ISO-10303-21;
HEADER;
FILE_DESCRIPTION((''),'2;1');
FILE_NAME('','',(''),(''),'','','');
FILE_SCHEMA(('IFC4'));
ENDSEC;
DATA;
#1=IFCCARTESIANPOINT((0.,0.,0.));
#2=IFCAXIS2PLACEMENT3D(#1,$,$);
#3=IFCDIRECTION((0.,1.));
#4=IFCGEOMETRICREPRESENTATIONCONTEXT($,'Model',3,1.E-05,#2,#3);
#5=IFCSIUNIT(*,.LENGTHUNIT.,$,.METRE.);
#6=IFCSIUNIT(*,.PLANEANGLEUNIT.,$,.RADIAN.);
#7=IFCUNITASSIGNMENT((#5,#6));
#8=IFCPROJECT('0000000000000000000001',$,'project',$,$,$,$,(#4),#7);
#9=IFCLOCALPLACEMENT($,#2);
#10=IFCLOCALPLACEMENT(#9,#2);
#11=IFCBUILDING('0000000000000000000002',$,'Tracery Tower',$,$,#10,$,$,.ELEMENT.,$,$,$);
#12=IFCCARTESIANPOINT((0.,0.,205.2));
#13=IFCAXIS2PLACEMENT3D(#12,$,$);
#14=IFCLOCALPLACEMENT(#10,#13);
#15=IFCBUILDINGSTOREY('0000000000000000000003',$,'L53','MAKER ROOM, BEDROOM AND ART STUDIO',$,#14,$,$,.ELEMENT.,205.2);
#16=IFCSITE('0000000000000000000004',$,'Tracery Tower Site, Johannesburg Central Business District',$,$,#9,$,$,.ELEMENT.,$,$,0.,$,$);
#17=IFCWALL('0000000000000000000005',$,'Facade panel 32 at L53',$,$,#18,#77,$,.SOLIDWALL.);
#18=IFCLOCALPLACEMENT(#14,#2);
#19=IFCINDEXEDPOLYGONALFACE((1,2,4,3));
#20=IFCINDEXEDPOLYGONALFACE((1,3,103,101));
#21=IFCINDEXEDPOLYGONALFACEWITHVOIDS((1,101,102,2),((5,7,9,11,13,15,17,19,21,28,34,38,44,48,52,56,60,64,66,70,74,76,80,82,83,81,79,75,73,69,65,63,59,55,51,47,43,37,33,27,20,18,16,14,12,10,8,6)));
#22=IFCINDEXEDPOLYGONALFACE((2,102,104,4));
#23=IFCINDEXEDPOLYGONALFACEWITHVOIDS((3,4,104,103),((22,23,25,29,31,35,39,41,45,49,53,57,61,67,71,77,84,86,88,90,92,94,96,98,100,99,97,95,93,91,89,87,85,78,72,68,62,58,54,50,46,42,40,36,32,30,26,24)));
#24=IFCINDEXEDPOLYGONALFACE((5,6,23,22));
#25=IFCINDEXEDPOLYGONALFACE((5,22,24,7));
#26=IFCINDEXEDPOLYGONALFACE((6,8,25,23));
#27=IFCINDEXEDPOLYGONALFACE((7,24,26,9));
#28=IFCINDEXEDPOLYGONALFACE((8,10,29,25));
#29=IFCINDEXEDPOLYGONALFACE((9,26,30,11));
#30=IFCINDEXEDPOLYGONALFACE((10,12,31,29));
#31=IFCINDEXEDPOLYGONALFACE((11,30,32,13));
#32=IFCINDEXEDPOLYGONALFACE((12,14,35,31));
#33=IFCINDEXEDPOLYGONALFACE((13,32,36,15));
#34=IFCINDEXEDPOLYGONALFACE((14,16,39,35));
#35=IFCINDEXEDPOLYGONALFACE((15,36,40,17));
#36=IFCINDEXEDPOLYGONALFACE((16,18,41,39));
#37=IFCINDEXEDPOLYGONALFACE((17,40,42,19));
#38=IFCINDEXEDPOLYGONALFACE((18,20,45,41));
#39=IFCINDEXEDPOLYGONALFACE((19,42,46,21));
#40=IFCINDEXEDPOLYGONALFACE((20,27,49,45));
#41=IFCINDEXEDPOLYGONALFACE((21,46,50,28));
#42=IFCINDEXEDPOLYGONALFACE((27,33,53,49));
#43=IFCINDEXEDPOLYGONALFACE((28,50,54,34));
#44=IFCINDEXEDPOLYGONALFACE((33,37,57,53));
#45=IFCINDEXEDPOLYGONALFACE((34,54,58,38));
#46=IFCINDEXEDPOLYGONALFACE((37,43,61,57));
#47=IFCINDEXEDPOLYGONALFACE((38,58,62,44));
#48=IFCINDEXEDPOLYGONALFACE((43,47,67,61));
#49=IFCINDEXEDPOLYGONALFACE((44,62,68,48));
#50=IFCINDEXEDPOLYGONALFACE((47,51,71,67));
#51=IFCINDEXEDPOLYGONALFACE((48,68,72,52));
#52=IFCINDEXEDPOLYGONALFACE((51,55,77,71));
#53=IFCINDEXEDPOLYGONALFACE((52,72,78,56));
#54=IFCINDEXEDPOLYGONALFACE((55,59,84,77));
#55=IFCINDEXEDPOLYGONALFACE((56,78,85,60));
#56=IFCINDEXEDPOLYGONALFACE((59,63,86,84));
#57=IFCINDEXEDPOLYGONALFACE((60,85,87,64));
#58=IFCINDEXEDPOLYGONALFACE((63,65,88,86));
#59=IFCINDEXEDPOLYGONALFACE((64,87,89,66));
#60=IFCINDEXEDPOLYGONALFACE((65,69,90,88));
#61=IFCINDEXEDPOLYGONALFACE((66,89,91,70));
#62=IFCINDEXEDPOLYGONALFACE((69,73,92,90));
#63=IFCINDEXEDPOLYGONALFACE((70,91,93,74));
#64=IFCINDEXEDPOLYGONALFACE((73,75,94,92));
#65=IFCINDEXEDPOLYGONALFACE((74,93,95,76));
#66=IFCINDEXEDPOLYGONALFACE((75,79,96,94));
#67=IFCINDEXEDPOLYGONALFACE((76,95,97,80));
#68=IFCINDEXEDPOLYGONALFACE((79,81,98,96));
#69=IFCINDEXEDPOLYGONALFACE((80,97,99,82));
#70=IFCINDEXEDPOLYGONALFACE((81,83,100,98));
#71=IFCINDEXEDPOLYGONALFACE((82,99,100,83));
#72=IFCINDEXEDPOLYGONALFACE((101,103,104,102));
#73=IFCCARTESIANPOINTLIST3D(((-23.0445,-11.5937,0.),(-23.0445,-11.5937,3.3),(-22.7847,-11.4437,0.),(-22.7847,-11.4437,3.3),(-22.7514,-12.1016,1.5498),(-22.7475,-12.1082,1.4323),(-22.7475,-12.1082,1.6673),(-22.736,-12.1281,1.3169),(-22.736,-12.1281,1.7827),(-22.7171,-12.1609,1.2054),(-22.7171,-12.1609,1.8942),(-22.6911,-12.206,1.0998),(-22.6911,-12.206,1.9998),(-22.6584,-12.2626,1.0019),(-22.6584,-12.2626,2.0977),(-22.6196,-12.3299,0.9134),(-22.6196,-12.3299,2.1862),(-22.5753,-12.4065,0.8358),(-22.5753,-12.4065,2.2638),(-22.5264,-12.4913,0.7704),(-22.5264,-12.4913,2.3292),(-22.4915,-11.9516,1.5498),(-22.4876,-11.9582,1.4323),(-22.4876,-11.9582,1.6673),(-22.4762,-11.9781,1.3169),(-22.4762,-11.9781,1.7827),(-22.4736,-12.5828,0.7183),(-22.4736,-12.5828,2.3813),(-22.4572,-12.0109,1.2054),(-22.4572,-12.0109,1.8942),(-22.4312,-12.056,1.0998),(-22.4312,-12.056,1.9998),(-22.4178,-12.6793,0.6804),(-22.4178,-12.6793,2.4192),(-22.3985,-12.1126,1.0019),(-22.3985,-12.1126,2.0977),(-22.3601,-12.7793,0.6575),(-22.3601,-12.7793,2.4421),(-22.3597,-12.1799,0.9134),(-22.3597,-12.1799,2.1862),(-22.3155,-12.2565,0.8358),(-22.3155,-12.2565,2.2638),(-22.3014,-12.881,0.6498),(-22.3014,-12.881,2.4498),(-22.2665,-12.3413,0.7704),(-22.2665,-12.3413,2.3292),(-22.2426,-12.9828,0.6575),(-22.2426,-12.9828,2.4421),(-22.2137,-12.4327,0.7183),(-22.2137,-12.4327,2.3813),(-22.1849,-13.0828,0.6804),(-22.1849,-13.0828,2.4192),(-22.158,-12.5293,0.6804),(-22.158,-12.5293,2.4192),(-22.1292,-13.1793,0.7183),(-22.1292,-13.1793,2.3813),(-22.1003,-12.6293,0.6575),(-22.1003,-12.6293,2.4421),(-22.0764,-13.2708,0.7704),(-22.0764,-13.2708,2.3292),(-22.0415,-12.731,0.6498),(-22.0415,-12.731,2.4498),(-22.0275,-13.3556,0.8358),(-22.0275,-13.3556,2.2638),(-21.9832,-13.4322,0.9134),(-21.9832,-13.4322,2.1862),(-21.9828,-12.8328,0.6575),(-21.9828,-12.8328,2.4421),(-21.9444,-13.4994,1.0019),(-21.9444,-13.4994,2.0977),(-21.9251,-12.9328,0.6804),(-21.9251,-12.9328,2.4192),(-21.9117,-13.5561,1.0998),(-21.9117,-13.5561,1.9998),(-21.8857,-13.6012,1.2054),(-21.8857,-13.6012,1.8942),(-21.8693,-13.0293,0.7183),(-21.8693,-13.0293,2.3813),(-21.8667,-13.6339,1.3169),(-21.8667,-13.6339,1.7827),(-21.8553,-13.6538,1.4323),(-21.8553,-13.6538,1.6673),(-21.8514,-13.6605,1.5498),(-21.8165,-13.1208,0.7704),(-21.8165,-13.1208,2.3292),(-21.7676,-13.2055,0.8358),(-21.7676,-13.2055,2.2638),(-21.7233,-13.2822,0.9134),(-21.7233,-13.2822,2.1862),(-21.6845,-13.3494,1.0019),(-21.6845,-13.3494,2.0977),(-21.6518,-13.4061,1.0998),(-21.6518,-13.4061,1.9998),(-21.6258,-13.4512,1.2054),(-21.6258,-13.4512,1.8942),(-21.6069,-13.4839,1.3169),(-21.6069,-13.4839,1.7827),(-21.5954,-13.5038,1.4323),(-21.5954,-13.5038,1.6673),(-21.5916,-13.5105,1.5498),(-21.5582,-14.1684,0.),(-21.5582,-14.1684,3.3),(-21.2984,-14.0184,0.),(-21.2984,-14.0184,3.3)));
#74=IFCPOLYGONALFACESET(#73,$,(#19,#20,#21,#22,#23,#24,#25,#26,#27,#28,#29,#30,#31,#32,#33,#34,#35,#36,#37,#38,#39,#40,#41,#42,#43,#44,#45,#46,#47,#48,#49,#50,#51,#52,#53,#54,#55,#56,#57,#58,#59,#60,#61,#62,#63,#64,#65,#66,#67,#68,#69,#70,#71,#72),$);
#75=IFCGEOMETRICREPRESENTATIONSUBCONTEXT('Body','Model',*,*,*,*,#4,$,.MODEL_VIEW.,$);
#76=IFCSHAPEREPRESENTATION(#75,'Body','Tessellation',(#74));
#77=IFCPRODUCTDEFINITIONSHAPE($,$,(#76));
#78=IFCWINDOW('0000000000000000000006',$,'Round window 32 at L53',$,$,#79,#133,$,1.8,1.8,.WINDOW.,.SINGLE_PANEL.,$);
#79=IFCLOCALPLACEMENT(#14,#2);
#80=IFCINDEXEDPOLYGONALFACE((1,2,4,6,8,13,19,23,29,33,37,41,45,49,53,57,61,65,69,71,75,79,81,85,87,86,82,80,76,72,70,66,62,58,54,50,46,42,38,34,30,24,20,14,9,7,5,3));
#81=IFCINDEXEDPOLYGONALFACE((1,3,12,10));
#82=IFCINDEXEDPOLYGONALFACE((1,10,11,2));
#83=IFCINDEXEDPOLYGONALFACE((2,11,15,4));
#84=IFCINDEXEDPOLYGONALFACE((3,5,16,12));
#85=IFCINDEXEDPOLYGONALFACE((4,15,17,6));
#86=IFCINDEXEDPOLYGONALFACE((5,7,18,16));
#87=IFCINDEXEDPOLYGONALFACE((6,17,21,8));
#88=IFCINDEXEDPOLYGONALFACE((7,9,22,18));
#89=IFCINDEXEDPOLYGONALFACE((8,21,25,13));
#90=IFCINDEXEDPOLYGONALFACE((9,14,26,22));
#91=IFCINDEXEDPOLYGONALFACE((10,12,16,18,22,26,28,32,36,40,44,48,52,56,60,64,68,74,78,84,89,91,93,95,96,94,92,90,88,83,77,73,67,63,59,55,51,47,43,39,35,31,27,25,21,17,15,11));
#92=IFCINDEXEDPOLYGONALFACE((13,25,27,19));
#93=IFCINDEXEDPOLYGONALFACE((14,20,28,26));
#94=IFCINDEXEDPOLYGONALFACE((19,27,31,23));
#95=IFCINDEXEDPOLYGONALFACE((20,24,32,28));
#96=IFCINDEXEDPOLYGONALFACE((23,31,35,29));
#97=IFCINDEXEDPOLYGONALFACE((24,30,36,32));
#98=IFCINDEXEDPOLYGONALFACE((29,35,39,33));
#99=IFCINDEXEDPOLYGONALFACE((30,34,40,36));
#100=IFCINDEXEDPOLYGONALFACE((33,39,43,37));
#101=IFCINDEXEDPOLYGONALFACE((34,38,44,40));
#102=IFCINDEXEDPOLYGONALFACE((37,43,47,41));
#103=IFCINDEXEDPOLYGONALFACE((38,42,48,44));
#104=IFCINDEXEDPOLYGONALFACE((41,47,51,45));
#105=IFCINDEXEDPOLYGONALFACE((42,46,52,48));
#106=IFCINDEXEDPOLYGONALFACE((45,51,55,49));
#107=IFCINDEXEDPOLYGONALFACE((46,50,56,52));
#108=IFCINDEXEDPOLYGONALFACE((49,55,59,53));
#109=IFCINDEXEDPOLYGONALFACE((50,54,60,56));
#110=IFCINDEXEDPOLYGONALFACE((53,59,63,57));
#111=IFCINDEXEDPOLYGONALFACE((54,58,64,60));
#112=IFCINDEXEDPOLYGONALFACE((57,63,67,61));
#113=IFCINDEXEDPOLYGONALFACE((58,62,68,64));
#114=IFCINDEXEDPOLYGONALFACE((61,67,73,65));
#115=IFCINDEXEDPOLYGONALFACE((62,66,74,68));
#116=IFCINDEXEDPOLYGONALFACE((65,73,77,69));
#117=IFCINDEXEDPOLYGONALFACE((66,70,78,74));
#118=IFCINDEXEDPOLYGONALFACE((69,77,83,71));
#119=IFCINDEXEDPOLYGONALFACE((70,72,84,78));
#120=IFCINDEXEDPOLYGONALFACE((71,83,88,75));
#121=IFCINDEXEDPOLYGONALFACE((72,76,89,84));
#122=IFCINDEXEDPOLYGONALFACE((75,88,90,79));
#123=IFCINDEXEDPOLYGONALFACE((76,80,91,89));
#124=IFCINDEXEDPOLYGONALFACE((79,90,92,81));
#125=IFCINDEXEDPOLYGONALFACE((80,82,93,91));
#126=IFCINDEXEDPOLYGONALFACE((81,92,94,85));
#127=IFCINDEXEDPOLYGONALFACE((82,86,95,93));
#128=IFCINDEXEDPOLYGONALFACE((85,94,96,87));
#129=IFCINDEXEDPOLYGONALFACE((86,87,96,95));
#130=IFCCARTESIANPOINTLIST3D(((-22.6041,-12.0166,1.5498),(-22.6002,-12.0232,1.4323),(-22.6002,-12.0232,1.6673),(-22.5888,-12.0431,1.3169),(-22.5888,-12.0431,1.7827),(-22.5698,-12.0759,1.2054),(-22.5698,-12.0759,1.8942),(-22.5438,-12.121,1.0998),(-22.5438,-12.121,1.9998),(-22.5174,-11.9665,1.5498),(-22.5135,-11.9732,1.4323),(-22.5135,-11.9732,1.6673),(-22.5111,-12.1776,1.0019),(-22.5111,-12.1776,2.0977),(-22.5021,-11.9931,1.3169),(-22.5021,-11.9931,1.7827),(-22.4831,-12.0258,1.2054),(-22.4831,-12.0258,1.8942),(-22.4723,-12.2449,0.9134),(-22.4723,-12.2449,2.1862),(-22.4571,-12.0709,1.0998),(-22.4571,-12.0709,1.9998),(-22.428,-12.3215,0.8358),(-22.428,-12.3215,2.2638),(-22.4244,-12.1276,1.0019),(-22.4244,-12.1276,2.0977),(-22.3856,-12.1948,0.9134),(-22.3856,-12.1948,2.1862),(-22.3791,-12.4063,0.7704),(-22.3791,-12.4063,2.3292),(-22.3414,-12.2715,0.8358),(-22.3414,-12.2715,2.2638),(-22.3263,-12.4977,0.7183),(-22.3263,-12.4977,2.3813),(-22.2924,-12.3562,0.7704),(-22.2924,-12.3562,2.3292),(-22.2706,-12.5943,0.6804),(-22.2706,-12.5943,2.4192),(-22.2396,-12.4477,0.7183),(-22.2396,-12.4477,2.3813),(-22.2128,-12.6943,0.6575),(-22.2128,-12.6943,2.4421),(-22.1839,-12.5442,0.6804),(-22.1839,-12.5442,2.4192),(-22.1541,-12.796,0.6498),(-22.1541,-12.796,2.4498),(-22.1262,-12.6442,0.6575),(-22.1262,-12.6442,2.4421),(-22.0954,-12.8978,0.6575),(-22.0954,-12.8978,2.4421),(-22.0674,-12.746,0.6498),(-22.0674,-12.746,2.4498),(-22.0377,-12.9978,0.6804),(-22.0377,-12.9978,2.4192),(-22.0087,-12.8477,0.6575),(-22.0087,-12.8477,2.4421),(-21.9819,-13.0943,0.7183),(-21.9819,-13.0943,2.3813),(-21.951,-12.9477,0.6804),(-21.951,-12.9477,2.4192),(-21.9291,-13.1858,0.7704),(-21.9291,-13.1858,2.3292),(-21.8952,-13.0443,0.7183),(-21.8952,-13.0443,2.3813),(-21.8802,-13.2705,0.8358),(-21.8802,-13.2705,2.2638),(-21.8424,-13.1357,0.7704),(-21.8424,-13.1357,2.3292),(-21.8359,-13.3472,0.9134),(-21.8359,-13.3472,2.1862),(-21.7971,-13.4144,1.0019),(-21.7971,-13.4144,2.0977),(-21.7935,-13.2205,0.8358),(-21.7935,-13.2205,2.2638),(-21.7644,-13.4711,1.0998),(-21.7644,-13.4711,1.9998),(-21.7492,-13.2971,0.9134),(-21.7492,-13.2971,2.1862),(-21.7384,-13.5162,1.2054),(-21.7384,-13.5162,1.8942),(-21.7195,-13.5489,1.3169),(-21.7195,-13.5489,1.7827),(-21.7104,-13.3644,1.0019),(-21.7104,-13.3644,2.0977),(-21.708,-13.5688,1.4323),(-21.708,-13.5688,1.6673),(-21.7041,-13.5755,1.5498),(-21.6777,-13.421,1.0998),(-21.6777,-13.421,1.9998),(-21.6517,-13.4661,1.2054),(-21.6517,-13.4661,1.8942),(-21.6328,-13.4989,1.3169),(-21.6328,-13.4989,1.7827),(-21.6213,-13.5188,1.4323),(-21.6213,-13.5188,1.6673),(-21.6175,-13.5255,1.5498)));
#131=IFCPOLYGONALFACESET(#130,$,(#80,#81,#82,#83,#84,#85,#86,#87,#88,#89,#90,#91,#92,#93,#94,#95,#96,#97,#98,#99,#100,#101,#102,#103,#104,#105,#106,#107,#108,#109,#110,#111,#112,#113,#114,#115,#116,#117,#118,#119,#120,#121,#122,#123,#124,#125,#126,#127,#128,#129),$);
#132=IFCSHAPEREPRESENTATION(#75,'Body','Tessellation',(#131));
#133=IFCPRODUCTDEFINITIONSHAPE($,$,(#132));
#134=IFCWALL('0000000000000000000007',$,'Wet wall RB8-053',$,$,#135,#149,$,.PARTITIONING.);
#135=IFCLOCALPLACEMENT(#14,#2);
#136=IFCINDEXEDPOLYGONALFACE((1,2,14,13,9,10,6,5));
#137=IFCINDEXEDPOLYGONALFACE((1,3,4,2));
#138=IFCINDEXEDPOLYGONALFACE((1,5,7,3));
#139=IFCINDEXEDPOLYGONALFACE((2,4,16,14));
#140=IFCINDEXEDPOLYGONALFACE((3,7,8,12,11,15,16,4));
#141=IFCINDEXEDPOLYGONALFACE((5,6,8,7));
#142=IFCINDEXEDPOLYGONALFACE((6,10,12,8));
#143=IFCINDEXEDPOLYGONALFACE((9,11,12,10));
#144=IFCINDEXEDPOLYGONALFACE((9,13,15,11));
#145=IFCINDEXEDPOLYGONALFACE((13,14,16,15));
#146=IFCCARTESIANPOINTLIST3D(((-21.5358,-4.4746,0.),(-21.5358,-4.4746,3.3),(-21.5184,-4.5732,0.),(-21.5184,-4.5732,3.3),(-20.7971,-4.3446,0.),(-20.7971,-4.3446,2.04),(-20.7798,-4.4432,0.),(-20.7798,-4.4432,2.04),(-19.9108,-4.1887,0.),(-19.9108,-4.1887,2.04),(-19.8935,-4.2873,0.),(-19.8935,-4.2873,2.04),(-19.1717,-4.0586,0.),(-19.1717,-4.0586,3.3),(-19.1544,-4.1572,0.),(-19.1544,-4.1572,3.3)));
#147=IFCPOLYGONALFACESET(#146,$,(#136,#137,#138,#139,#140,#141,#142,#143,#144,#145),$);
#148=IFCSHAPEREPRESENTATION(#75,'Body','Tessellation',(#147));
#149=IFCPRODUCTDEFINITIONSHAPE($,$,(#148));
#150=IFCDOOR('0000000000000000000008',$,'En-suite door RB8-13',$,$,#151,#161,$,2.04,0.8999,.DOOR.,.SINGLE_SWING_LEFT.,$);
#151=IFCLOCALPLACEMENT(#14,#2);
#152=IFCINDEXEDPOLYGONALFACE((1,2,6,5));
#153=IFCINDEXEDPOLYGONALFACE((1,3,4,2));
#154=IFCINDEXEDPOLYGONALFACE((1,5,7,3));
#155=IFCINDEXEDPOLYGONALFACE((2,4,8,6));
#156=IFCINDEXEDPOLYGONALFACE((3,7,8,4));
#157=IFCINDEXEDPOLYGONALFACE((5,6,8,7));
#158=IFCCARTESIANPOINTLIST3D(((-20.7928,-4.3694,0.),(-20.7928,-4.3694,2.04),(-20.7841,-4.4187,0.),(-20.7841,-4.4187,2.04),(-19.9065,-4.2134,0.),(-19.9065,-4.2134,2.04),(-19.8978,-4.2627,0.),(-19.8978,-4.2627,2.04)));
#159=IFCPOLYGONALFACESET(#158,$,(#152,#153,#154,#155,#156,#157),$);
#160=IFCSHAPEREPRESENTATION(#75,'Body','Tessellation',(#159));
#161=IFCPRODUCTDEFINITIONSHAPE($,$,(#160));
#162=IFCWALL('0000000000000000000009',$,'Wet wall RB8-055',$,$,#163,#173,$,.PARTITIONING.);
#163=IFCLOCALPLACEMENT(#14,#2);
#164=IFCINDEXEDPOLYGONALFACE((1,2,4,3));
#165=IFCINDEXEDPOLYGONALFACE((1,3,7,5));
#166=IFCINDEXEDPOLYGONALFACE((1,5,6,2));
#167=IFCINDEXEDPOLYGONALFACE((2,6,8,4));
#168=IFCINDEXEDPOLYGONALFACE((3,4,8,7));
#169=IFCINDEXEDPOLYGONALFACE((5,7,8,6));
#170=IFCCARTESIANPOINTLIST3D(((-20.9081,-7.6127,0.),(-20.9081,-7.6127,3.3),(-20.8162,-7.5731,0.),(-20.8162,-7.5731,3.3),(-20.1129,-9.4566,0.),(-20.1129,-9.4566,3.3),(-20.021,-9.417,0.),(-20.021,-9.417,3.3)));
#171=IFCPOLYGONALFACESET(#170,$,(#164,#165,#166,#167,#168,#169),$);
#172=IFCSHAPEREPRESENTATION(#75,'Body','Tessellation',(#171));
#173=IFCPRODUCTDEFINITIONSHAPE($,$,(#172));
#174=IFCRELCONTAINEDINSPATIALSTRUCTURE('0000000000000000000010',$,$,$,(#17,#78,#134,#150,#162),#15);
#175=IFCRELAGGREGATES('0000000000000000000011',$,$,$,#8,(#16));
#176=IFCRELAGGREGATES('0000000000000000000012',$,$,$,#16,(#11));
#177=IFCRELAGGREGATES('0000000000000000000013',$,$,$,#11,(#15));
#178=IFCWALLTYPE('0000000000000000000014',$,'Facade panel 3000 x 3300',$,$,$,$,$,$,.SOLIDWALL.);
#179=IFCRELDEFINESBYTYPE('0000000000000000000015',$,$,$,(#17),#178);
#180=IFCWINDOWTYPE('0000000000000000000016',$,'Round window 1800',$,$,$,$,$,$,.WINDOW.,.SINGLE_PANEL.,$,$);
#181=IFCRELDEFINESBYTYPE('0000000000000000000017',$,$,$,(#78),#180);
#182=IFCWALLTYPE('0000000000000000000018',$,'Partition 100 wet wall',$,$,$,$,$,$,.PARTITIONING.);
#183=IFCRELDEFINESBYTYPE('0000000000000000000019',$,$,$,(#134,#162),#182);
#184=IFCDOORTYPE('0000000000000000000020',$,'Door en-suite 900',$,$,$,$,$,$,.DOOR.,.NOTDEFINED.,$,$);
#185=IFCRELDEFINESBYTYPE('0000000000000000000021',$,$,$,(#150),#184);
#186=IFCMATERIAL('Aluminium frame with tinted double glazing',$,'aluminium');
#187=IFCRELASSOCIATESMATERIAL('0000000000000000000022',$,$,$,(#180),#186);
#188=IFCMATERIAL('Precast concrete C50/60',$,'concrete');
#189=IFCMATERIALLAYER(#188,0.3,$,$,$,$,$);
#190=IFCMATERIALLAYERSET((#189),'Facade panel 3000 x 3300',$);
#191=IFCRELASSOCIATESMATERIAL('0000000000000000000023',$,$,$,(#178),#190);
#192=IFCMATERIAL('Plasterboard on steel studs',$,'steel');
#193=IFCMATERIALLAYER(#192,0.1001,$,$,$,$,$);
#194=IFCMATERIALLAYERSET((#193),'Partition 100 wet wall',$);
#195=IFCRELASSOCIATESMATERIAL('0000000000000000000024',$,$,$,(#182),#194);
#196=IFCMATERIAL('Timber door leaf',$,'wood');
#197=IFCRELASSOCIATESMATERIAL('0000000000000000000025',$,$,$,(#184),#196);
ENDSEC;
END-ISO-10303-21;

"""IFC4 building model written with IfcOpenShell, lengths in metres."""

from ifc_helpers import new_model, si_unit, direction, frame, frame_2d, origin, origin_2d, place, context, subcontext, project, spatial, rectangle, circle, extrude, material, layer, layer_set, type_object, element, fill, save


model = new_model("IFC4")

# Units and contexts
model_context = context("Model", 3, precision=1e-05, world=origin(), true_north=direction((0.0, 1.0)))
body_context = subcontext(model_context, "Body", "Model", "MODEL_VIEW")
ifc_project = project(units=[si_unit("LENGTHUNIT", "METRE"), si_unit("PLANEANGLEUNIT", "RADIAN")], contexts=[model_context])

# Site, building, storey
site_placement = place(None, origin())
site = spatial("IfcSite", under=ifc_project, at=site_placement, Name="Tracery Tower Site, Johannesburg Central Business District", CompositionType="ELEMENT", RefElevation=0.0)
building_placement = place(site_placement, origin())
building = spatial("IfcBuilding", under=site, at=building_placement, Name="Tracery Tower", CompositionType="ELEMENT")
storey_placement = place(building_placement, frame((0.0, 0.0, 205.2)))
storey = spatial("IfcBuildingStorey", under=building, at=storey_placement, Name="L53", Description="MAKER ROOM, BEDROOM AND ART STUDIO", CompositionType="ELEMENT", Elevation=205.2)

# Wall, opening, window
ifc_material_1 = material(Name="Aluminium frame with tinted double glazing", Category="aluminium")
window_type = type_object("IfcWindowType", Name="Round window 1800", PartitioningType="SINGLE_PANEL", PredefinedType="WINDOW", material=ifc_material_1)
ifc_material_2 = material(Name="Precast concrete C50/60", Category="concrete")
ifc_layer_1 = layer(ifc_material_2, 0.3)
ifc_layer_set_1 = layer_set([ifc_layer_1], Name="Facade panel 3000 x 3300")
wall_type_1 = type_object("IfcWallType", Name="Facade panel 3000 x 3300", PredefinedType="SOLIDWALL", material=ifc_layer_set_1)
wall_1_placement = place(storey_placement, frame((-22.9146, -11.5188, 0.0), z_axis=(0.0, 0.0, 1.0), x_axis=(0.499955, -0.866052, 0.0)))
wall_1 = element("IfcWall", 1, at=wall_1_placement, inside=storey, type_object=wall_type_1, Name="Facade panel 32 at L53", PredefinedType="SOLIDWALL", context=body_context, shape_type="SweptSolid", body=[
    extrude(rectangle(XDim=2.9729, YDim=0.3, at=frame_2d((1.4863, 0.0))), origin(), (0.0, 0.0, 1.0), 3.3),
])
opening_1_placement = place(wall_1_placement, frame((1.4863, 0.0, 1.5498)))
opening_1 = element("IfcOpeningElement", 2, at=opening_1_placement, cuts=wall_1, PredefinedType="OPENING", context=body_context, shape_type="SweptSolid", body=[
    extrude(circle(Radius=0.9, at=origin_2d()), frame((0.0, 0.1599, 0.0), z_axis=(0.0, -1.0, 0.0), x_axis=(1.0, 0.0, 0.0)), (0.0, 0.0, 1.0), 0.3201),
])
window_1_placement = place(opening_1_placement, origin())
window_1 = element("IfcWindow", 3, at=window_1_placement, inside=storey, type_object=window_type, Name="Round window 32 at L53", OverallHeight=1.8, OverallWidth=1.8, PartitioningType="SINGLE_PANEL", PredefinedType="WINDOW", context=body_context, shape_type="SweptSolid", body=[
    extrude(circle(Radius=0.9, at=origin_2d()), frame((0.0, 0.1201, 0.0), z_axis=(0.0, -1.0, 0.0), x_axis=(1.0, 0.0, 0.0)), (0.0, 0.0, 1.0), 0.1001),
])
fill(opening_1, window_1)

# Wall, opening, door
ifc_material_3 = material(Name="Plasterboard on steel studs", Category="steel")
ifc_layer_2 = layer(ifc_material_3, 0.1001)
ifc_layer_set_2 = layer_set([ifc_layer_2], Name="Partition 100 wet wall")
wall_type_2 = type_object("IfcWallType", Name="Partition 100 wet wall", PredefinedType="PARTITIONING", material=ifc_layer_set_2)
wall_2_placement = place(storey_placement, frame((-21.5271, -4.5239, 0.0), z_axis=(0.0, 0.0, 1.0), x_axis=(0.984866, 0.173315, 0.0)))
wall_2 = element("IfcWall", 4, at=wall_2_placement, inside=storey, type_object=wall_type_2, Name="Wet wall RB8-053", PredefinedType="PARTITIONING", context=body_context, shape_type="SweptSolid", body=[
    extrude(rectangle(XDim=2.4004, YDim=0.1001, at=frame_2d((1.2002, 0.0))), origin(), (0.0, 0.0, 1.0), 3.3),
])
opening_2_placement = place(wall_2_placement, frame((0.75, 0.0, 0.0)))
opening_2 = element("IfcOpeningElement", 5, at=opening_2_placement, cuts=wall_2, PredefinedType="OPENING", context=body_context, shape_type="SweptSolid", body=[
    extrude(rectangle(XDim=0.8999, YDim=2.04, at=frame_2d((0.45, 1.02))), frame((0.0, 0.05, 0.0), z_axis=(0.0, -1.0, 0.0), x_axis=(1.0, 0.0, 0.0)), (0.0, 0.0, 1.0), 0.1001),
])
ifc_material_4 = material(Name="Timber door leaf", Category="wood")
door_type_1 = type_object("IfcDoorType", Name="Door en-suite 900", OperationType="NOTDEFINED", PredefinedType="DOOR", material=ifc_material_4)
door_1_placement = place(opening_2_placement, origin())
door_1 = element("IfcDoor", 6, at=door_1_placement, inside=storey, type_object=door_type_1, Name="En-suite door RB8-13", OperationType="SINGLE_SWING_LEFT", OverallHeight=2.04, OverallWidth=0.8999, PredefinedType="DOOR", context=body_context, shape_type="SweptSolid", body=[
    extrude(rectangle(XDim=0.8999, YDim=2.04, at=frame_2d((0.45, 1.02))), frame((0.0, 0.0249, 0.0), z_axis=(0.0, -1.0, 0.0), x_axis=(1.0, 0.0, 0.0)), (0.0, 0.0, 1.0), 0.05),
])
fill(opening_2, door_1)

# Wall
wall_3_placement = place(storey_placement, frame((-20.8621, -7.593, 0.0), z_axis=(0.0, 0.0, 1.0), x_axis=(0.395973, -0.918262, 0.0)))
element("IfcWall", 7, at=wall_3_placement, inside=storey, type_object=wall_type_2, Name="Wet wall RB8-055", PredefinedType="PARTITIONING", context=body_context, shape_type="SweptSolid", body=[
    extrude(rectangle(XDim=2.0081, YDim=0.1001, at=frame_2d((1.0039, 0.0))), origin(), (0.0, 0.0, 1.0), 3.3),
])

save(model, "model.ifc")
